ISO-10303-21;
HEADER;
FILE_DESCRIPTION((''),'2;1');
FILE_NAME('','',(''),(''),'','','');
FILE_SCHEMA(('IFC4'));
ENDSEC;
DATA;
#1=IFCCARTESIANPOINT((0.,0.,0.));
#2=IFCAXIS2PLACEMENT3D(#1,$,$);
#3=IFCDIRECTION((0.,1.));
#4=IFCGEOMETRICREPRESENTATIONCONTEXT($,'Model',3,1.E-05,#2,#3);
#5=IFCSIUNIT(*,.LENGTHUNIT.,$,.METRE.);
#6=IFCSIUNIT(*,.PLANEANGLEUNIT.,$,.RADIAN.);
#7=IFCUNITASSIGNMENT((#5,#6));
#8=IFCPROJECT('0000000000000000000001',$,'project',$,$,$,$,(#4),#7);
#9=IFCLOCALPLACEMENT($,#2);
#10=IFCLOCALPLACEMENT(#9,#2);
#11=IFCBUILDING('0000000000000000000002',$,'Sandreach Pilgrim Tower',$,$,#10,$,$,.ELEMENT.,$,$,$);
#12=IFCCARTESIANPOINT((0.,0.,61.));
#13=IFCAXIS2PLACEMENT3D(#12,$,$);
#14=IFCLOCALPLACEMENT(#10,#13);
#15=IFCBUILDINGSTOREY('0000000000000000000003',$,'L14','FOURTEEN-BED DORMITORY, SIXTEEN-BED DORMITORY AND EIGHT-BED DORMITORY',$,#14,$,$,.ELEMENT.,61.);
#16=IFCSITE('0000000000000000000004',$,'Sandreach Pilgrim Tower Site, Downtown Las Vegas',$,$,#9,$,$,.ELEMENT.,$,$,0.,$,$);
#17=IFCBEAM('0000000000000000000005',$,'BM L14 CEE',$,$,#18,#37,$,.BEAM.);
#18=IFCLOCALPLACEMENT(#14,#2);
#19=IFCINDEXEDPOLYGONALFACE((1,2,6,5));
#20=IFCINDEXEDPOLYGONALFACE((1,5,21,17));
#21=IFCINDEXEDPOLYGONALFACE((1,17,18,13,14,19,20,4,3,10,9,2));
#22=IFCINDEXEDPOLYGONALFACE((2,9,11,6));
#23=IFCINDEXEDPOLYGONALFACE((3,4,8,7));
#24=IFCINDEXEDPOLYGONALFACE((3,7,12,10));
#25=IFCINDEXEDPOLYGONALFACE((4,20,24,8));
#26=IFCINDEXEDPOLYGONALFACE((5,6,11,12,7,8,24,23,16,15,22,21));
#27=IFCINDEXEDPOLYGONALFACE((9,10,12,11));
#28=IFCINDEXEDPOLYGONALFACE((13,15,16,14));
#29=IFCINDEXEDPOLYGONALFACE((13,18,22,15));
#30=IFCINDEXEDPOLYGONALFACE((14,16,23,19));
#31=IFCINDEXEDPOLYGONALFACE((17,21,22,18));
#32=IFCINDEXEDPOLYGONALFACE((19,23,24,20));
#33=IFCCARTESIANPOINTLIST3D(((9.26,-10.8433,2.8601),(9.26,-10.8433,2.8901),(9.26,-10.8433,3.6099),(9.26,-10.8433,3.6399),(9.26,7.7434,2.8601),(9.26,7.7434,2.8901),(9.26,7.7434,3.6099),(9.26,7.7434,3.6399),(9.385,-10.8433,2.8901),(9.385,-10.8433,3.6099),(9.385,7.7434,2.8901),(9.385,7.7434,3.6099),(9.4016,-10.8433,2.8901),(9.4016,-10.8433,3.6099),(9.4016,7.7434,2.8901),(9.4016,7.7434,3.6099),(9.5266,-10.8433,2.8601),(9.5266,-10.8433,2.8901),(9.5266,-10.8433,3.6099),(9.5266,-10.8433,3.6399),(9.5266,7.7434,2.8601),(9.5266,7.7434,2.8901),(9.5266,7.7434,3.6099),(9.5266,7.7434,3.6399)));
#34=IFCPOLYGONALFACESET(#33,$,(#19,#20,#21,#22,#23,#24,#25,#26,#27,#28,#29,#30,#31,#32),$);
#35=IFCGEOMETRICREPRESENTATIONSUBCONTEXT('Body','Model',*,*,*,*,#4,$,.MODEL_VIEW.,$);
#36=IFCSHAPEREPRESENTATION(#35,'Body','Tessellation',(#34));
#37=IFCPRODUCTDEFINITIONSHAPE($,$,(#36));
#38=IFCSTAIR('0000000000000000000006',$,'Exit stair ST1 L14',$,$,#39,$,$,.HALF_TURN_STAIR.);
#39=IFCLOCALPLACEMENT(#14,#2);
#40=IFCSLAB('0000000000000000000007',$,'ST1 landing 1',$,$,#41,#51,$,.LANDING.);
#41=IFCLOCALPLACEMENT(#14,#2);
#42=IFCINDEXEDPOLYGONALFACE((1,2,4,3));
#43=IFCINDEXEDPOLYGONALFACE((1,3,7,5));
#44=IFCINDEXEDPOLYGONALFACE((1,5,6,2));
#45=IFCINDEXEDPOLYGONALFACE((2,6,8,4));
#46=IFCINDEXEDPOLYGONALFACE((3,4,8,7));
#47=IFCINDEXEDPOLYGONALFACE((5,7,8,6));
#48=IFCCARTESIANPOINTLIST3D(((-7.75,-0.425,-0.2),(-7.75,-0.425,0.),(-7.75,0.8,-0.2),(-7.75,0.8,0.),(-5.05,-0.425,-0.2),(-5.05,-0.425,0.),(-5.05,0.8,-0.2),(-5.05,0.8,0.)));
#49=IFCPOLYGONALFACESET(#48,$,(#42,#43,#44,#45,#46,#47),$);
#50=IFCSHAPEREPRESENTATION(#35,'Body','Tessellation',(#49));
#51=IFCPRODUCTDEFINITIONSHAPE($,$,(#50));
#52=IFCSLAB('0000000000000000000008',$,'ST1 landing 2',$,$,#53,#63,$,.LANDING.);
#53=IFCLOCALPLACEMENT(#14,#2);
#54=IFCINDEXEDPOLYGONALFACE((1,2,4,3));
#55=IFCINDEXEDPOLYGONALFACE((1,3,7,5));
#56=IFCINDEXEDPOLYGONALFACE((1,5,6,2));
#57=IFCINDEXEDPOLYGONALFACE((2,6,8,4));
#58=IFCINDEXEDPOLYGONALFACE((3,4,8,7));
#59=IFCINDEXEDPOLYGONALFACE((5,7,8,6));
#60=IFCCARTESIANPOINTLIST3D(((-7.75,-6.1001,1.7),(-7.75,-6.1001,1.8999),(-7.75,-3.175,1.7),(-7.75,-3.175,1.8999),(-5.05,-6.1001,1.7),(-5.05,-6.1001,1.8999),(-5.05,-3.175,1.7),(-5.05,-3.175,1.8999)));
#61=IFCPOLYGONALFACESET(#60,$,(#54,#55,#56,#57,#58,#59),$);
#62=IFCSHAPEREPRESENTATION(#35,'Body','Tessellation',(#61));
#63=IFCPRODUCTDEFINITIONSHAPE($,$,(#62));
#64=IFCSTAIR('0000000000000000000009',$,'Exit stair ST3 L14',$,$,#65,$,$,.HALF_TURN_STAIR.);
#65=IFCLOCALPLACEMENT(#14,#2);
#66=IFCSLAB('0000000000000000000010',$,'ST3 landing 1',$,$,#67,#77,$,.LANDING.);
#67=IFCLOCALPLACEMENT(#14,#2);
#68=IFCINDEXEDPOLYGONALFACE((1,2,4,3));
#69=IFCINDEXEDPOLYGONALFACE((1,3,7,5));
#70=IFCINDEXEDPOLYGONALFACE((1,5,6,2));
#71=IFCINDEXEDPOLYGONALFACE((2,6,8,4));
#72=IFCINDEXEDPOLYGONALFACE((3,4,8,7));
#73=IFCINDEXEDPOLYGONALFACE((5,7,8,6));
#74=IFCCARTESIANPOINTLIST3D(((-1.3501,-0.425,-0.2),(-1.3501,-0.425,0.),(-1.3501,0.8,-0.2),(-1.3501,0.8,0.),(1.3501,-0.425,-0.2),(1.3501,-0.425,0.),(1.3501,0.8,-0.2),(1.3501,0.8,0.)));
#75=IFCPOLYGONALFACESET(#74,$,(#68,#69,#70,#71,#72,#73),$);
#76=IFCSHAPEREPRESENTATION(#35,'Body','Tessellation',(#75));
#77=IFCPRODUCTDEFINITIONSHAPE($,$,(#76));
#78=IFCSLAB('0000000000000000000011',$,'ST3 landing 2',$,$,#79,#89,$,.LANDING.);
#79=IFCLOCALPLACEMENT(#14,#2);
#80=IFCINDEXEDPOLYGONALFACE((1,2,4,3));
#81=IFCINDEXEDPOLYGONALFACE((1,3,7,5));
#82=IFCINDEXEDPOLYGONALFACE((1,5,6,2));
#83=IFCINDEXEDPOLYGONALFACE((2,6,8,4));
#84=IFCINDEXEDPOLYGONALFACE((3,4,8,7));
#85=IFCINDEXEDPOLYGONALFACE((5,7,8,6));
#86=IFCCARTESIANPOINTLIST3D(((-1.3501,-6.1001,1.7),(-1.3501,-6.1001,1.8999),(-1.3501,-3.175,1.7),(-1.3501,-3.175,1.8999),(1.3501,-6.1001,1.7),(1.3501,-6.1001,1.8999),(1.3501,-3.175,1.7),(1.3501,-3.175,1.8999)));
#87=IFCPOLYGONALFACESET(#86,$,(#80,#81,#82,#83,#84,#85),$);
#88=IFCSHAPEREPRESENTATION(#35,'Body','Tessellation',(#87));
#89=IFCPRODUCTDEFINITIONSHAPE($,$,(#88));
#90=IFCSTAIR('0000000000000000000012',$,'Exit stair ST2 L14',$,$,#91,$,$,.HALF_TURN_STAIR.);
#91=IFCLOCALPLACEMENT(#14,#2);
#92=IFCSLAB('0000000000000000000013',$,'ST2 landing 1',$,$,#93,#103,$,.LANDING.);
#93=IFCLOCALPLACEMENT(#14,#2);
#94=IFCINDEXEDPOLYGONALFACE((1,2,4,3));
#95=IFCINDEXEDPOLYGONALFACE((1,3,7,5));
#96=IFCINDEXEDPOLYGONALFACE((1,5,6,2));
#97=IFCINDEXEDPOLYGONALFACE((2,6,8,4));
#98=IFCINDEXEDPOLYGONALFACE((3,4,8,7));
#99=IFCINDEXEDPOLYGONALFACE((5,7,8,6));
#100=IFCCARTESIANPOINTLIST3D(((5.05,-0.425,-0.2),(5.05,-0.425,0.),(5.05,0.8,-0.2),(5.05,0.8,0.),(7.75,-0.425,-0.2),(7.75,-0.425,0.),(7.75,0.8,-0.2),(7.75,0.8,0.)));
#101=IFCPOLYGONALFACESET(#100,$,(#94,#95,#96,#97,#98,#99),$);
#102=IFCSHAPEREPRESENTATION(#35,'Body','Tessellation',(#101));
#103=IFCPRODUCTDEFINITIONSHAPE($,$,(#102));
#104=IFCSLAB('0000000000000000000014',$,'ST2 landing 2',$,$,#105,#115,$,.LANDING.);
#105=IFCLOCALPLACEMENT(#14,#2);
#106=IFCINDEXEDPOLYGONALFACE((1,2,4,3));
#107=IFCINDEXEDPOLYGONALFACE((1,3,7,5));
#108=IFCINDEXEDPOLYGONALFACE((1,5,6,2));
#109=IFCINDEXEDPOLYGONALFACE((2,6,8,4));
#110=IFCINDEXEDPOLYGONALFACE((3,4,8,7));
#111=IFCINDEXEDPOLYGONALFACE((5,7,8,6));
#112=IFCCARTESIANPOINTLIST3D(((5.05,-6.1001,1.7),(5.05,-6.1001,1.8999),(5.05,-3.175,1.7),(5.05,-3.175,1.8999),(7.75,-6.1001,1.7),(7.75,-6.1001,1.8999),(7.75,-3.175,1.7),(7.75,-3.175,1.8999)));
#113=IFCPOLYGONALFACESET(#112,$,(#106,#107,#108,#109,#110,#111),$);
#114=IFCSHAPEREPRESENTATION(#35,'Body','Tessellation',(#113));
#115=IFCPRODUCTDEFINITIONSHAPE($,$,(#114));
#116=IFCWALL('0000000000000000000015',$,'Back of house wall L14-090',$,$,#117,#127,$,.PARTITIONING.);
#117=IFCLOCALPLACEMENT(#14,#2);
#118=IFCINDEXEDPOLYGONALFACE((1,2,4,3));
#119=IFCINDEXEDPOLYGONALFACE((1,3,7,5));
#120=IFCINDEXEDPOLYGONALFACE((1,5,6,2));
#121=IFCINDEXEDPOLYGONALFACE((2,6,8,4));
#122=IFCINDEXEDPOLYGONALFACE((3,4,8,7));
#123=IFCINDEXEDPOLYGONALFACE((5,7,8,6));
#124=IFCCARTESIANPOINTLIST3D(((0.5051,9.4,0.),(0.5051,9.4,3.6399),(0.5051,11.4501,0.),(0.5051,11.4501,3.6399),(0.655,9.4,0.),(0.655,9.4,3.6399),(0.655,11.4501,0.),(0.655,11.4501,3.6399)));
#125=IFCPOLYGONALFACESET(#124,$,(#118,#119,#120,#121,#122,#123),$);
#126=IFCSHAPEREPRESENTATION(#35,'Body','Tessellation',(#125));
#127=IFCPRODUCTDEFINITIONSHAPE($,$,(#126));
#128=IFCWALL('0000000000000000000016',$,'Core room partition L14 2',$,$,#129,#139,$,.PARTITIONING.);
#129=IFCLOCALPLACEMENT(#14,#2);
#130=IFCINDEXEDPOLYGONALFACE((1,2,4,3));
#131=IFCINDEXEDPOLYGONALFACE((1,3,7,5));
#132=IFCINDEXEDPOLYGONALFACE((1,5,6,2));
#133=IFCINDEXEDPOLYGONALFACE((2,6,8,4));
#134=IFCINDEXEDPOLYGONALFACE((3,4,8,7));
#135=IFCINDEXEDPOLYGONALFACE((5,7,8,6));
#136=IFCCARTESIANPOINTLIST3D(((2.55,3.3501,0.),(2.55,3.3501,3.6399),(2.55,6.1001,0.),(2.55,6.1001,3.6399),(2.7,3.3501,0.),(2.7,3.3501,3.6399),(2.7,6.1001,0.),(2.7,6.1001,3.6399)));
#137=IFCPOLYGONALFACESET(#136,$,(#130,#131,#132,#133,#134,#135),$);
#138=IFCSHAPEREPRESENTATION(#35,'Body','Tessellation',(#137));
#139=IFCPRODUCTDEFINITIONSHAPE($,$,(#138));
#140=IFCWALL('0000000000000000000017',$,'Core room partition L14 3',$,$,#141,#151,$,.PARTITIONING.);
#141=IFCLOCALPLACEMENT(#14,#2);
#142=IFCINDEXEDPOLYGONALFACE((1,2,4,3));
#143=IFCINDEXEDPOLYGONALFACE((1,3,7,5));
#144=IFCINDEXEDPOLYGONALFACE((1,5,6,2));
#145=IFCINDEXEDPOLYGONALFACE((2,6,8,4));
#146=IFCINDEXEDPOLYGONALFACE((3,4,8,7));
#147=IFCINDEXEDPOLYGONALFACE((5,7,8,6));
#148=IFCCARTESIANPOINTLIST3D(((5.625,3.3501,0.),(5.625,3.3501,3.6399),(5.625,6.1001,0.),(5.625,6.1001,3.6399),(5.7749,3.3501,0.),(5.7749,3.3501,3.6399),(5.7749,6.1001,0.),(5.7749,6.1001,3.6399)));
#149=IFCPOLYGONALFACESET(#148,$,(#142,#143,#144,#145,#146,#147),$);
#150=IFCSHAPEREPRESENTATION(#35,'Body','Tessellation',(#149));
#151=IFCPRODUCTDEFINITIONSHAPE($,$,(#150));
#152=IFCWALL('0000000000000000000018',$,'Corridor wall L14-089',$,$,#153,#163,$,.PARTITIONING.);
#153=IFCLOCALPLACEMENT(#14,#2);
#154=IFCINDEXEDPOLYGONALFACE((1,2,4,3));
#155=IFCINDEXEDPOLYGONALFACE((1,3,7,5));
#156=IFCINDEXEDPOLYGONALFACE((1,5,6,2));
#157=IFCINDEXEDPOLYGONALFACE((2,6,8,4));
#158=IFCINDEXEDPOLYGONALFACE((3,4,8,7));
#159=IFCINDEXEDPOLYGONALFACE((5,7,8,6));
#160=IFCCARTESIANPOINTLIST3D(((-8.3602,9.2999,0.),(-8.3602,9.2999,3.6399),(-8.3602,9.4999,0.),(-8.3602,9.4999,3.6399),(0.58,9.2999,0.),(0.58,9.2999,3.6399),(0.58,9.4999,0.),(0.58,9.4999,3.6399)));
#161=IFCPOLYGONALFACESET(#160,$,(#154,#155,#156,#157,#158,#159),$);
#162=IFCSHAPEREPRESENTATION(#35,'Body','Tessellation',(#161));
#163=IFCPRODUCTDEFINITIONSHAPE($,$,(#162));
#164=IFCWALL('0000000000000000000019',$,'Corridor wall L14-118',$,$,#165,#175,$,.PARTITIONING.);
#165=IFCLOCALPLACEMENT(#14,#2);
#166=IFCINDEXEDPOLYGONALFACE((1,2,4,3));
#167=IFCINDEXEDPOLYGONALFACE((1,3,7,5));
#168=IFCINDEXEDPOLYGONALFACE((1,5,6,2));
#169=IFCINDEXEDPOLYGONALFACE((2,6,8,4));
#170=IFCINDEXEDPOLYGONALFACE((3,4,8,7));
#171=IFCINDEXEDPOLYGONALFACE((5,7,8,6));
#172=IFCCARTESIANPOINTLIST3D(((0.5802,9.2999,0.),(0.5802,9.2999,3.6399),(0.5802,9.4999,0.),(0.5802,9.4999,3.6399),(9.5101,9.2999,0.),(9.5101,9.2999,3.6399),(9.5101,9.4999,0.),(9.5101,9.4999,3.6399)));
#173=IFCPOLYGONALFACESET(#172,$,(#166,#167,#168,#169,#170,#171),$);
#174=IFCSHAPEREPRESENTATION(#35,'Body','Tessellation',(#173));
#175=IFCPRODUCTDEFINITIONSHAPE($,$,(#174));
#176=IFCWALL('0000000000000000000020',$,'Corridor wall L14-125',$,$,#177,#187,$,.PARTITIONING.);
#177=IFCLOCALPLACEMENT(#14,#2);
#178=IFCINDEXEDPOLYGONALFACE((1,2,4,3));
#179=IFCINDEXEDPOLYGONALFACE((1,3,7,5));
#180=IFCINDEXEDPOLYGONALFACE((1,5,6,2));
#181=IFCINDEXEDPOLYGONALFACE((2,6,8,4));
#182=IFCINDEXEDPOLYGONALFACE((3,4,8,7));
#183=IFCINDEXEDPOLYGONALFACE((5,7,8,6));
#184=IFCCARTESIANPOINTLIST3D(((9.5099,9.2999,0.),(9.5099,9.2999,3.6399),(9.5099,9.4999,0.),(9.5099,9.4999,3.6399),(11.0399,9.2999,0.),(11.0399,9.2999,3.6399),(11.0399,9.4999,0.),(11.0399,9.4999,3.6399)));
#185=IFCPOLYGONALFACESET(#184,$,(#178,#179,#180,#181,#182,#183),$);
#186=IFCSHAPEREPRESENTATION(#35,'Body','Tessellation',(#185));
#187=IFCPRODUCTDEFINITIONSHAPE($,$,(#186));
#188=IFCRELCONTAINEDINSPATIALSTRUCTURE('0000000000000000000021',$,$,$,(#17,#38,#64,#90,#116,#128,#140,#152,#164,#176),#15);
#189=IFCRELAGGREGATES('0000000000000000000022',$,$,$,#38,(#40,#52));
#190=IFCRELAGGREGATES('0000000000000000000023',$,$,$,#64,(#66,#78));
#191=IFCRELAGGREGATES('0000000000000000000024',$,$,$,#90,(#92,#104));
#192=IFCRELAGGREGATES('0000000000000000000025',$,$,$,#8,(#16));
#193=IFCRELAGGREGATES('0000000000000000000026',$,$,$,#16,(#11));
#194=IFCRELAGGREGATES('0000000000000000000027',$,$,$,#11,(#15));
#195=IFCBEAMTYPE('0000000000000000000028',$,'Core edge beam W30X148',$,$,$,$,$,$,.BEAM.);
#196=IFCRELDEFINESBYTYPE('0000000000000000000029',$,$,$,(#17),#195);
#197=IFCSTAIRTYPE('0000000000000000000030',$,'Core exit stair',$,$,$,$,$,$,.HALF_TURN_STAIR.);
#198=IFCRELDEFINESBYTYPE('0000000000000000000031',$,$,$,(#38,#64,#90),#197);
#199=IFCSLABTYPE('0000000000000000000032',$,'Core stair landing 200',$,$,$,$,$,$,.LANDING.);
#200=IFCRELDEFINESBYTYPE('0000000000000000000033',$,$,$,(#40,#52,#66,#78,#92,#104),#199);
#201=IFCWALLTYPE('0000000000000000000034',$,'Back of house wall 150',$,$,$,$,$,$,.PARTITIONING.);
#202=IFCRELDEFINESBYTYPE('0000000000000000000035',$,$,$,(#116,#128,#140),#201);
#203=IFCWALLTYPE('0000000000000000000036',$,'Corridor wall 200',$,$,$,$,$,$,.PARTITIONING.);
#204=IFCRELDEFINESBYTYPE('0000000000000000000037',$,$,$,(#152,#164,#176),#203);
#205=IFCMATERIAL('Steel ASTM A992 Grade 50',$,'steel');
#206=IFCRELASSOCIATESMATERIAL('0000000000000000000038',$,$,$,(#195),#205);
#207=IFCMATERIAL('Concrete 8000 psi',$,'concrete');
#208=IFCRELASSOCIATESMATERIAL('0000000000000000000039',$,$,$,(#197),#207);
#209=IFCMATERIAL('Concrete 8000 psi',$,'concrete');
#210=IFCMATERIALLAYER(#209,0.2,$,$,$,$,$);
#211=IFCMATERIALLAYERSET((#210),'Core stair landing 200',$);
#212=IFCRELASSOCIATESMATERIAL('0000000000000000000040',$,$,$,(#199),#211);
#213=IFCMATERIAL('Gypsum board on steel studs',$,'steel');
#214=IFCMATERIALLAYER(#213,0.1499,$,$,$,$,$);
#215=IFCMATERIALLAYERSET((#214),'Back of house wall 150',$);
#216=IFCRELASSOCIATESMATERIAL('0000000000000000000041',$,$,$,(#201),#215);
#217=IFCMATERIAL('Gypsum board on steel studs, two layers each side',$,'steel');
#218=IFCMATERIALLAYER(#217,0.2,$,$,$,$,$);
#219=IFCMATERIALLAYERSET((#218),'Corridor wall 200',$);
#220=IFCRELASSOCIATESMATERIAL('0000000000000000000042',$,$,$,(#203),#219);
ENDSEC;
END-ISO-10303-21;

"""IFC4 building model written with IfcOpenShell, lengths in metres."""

from ifc_helpers import new_model, si_unit, direction, frame, frame_2d, origin, origin_2d, place, context, subcontext, project, spatial, polyline, rectangle, i_section, outline, extrude, material, layer, layer_set, material_profile, profile_set, type_object, element, aggregate, save


model = new_model("IFC4")

# Units and contexts
model_context = context("Model", 3, precision=1e-05, world=origin(), true_north=direction((0.0, 1.0)))
body_context = subcontext(model_context, "Body", "Model", "MODEL_VIEW")
ifc_project = project(units=[si_unit("LENGTHUNIT", "METRE"), si_unit("PLANEANGLEUNIT", "RADIAN")], contexts=[model_context])

# Site, building, storey
site_placement = place(None, origin())
site = spatial("IfcSite", under=ifc_project, at=site_placement, Name="Sandreach Pilgrim Tower Site, Downtown Las Vegas", CompositionType="ELEMENT", RefElevation=0.0)
building_placement = place(site_placement, origin())
building = spatial("IfcBuilding", under=site, at=building_placement, Name="Sandreach Pilgrim Tower", CompositionType="ELEMENT")
storey_placement = place(building_placement, frame((0.0, 0.0, 61.0)))
storey = spatial("IfcBuildingStorey", under=building, at=storey_placement, Name="L14", Description="FOURTEEN-BED DORMITORY, SIXTEEN-BED DORMITORY AND EIGHT-BED DORMITORY", CompositionType="ELEMENT", Elevation=61.0)

# Beam
ifc_material_1 = material(Name="Steel ASTM A992 Grade 50", Category="steel")
ifc_material_profile = material_profile(ifc_material_1, i_section(OverallWidth=0.2666, OverallDepth=0.7798, WebThickness=0.0166, FlangeThickness=0.03, at=origin_2d()), Name="W30X148")
ifc_profile_set = profile_set([ifc_material_profile], Name="Steel ASTM A992 Grade 50")
beam_type = type_object("IfcBeamType", Name="Core edge beam W30X148", PredefinedType="BEAM", material=ifc_profile_set)
beam_placement = place(storey_placement, frame((9.3933, 7.7434, 3.25), z_axis=(0.0, -1.0, 0.0), x_axis=(1.0, 0.0, 0.0)))
element("IfcBeam", 1, at=beam_placement, inside=storey, type_object=beam_type, Name="BM L14 CEE", PredefinedType="BEAM", context=body_context, shape_type="SweptSolid", body=[
    extrude(i_section(OverallWidth=0.2666, OverallDepth=0.7798, WebThickness=0.0166, FlangeThickness=0.03, at=origin_2d()), origin(), (0.0, 0.0, 1.0), 18.5867),
])

# Stairs, slabs
ifc_material_2 = material(Name="Concrete 8000 psi", Category="concrete")
stair_type = type_object("IfcStairType", Name="Core exit stair", PredefinedType="HALF_TURN_STAIR", material=ifc_material_2)
stair_1_placement = place(storey_placement, origin())
stair_1 = element("IfcStair", 2, at=stair_1_placement, inside=storey, type_object=stair_type, Name="Exit stair ST1 L14", PredefinedType="HALF_TURN_STAIR")
ifc_material_3 = material(Name="Concrete 8000 psi", Category="concrete")
ifc_layer_1 = layer(ifc_material_3, 0.2)
ifc_layer_set_1 = layer_set([ifc_layer_1], Name="Core stair landing 200")
slab_type = type_object("IfcSlabType", Name="Core stair landing 200", PredefinedType="LANDING", material=ifc_layer_set_1)
slab_1_placement = place(storey_placement, frame((0.0, 0.0, -0.2)))
slab_1 = element("IfcSlab", 3, at=slab_1_placement, type_object=slab_type, Name="ST1 landing 1", PredefinedType="LANDING", context=body_context, shape_type="SweptSolid", body=[
    extrude(outline(polyline([(-7.75, -0.425), (-5.05, -0.425), (-5.05, 0.8), (-7.75, 0.8), (-7.75, -0.425)])), origin(), (0.0, 0.0, 1.0), 0.2),
])
slab_2_placement = place(storey_placement, frame((0.0, 0.0, 1.7)))
slab_2 = element("IfcSlab", 4, at=slab_2_placement, type_object=slab_type, Name="ST1 landing 2", PredefinedType="LANDING", context=body_context, shape_type="SweptSolid", body=[
    extrude(outline(polyline([(-7.75, -6.1001), (-5.05, -6.1001), (-5.05, -3.175), (-7.75, -3.175), (-7.75, -6.1001)])), origin(), (0.0, 0.0, 1.0), 0.2),
])
aggregate(stair_1, [slab_1, slab_2])
stair_2_placement = place(storey_placement, origin())
stair_2 = element("IfcStair", 5, at=stair_2_placement, inside=storey, type_object=stair_type, Name="Exit stair ST3 L14", PredefinedType="HALF_TURN_STAIR")
slab_3_placement = place(storey_placement, frame((0.0, 0.0, -0.2)))
slab_3 = element("IfcSlab", 6, at=slab_3_placement, type_object=slab_type, Name="ST3 landing 1", PredefinedType="LANDING", context=body_context, shape_type="SweptSolid", body=[
    extrude(outline(polyline([(-1.3501, -0.425), (1.3501, -0.425), (1.3501, 0.8), (-1.3501, 0.8), (-1.3501, -0.425)])), origin(), (0.0, 0.0, 1.0), 0.2),
])
slab_4_placement = place(storey_placement, frame((0.0, 0.0, 1.7)))
slab_4 = element("IfcSlab", 7, at=slab_4_placement, type_object=slab_type, Name="ST3 landing 2", PredefinedType="LANDING", context=body_context, shape_type="SweptSolid", body=[
    extrude(outline(polyline([(-1.3501, -6.1001), (1.3501, -6.1001), (1.3501, -3.175), (-1.3501, -3.175), (-1.3501, -6.1001)])), origin(), (0.0, 0.0, 1.0), 0.2),
])
aggregate(stair_2, [slab_3, slab_4])
stair_3_placement = place(storey_placement, origin())
stair_3 = element("IfcStair", 8, at=stair_3_placement, inside=storey, type_object=stair_type, Name="Exit stair ST2 L14", PredefinedType="HALF_TURN_STAIR")
slab_5_placement = place(storey_placement, frame((0.0, 0.0, -0.2)))
slab_5 = element("IfcSlab", 9, at=slab_5_placement, type_object=slab_type, Name="ST2 landing 1", PredefinedType="LANDING", context=body_context, shape_type="SweptSolid", body=[
    extrude(outline(polyline([(5.05, -0.425), (7.75, -0.425), (7.75, 0.8), (5.05, 0.8), (5.05, -0.425)])), origin(), (0.0, 0.0, 1.0), 0.2),
])
slab_6_placement = place(storey_placement, frame((0.0, 0.0, 1.7)))
slab_6 = element("IfcSlab", 10, at=slab_6_placement, type_object=slab_type, Name="ST2 landing 2", PredefinedType="LANDING", context=body_context, shape_type="SweptSolid", body=[
    extrude(outline(polyline([(5.05, -6.1001), (7.75, -6.1001), (7.75, -3.175), (5.05, -3.175), (5.05, -6.1001)])), origin(), (0.0, 0.0, 1.0), 0.2),
])
aggregate(stair_3, [slab_5, slab_6])

# Walls
ifc_material_4 = material(Name="Gypsum board on steel studs", Category="steel")
ifc_layer_2 = layer(ifc_material_4, 0.1499)
ifc_layer_set_2 = layer_set([ifc_layer_2], Name="Back of house wall 150")
wall_type_1 = type_object("IfcWallType", Name="Back of house wall 150", PredefinedType="PARTITIONING", material=ifc_layer_set_2)
wall_1_placement = place(storey_placement, frame((0.5801, 11.45, 0.0), z_axis=(0.0, 0.0, 1.0), x_axis=(0.0, -1.0, 0.0)))
element("IfcWall", 11, at=wall_1_placement, inside=storey, type_object=wall_type_1, Name="Back of house wall L14-090", PredefinedType="PARTITIONING", context=body_context, shape_type="SweptSolid", body=[
    extrude(rectangle(XDim=2.05, YDim=0.1499, at=frame_2d((1.0249, 0.0))), origin(), (0.0, 0.0, 1.0), 3.6399),
])
for number, where, z_axis, x_axis, name in (
    (12, (2.625, 3.3501, 0.0), (0.0, 0.0, 1.0), (0.0, 1.0, 0.0), "Core room partition L14 2"),
    (13, (5.7, 3.3501, 0.0), (0.0, 0.0, 1.0), (0.0, 1.0, 0.0), "Core room partition L14 3"),
):
    element("IfcWall", number, at=place(storey_placement, frame(where, z_axis=z_axis, x_axis=x_axis)), inside=storey, type_object=wall_type_1, Name=name, PredefinedType="PARTITIONING", context=body_context, shape_type="SweptSolid", body=[
        extrude(rectangle(XDim=2.75, YDim=0.1499, at=frame_2d((1.375, 0.0))), origin(), (0.0, 0.0, 1.0), 3.6399),
    ])

# Walls
ifc_material_5 = material(Name="Gypsum board on steel studs, two layers each side", Category="steel")
ifc_layer_3 = layer(ifc_material_5, 0.2)
ifc_layer_set_3 = layer_set([ifc_layer_3], Name="Corridor wall 200")
wall_type_2 = type_object("IfcWallType", Name="Corridor wall 200", PredefinedType="PARTITIONING", material=ifc_layer_set_3)
wall_2_placement = place(storey_placement, frame((0.5801, 9.3999, 0.0), z_axis=(0.0, 0.0, 1.0), x_axis=(-1.0, 0.0, 0.0)))
element("IfcWall", 14, at=wall_2_placement, inside=storey, type_object=wall_type_2, Name="Corridor wall L14-089", PredefinedType="PARTITIONING", context=body_context, shape_type="SweptSolid", body=[
    extrude(rectangle(XDim=8.9402, YDim=0.2, at=frame_2d((4.4702, 0.0))), origin(), (0.0, 0.0, 1.0), 3.6399),
])
wall_3_placement = place(storey_placement, frame((9.51, 9.3999, 0.0), z_axis=(0.0, 0.0, 1.0), x_axis=(-1.0, 0.0, 0.0)))
element("IfcWall", 15, at=wall_3_placement, inside=storey, type_object=wall_type_2, Name="Corridor wall L14-118", PredefinedType="PARTITIONING", context=body_context, shape_type="SweptSolid", body=[
    extrude(rectangle(XDim=8.9299, YDim=0.2, at=frame_2d((4.4648, 0.0))), origin(), (0.0, 0.0, 1.0), 3.6399),
])
wall_4_placement = place(storey_placement, frame((11.04, 9.3999, 0.0), z_axis=(0.0, 0.0, 1.0), x_axis=(-1.0, 0.0, 0.0)))
element("IfcWall", 16, at=wall_4_placement, inside=storey, type_object=wall_type_2, Name="Corridor wall L14-125", PredefinedType="PARTITIONING", context=body_context, shape_type="SweptSolid", body=[
    extrude(rectangle(XDim=1.53, YDim=0.2, at=frame_2d((0.7651, 0.0))), origin(), (0.0, 0.0, 1.0), 3.6399),
])

save(model, "model.ifc")
